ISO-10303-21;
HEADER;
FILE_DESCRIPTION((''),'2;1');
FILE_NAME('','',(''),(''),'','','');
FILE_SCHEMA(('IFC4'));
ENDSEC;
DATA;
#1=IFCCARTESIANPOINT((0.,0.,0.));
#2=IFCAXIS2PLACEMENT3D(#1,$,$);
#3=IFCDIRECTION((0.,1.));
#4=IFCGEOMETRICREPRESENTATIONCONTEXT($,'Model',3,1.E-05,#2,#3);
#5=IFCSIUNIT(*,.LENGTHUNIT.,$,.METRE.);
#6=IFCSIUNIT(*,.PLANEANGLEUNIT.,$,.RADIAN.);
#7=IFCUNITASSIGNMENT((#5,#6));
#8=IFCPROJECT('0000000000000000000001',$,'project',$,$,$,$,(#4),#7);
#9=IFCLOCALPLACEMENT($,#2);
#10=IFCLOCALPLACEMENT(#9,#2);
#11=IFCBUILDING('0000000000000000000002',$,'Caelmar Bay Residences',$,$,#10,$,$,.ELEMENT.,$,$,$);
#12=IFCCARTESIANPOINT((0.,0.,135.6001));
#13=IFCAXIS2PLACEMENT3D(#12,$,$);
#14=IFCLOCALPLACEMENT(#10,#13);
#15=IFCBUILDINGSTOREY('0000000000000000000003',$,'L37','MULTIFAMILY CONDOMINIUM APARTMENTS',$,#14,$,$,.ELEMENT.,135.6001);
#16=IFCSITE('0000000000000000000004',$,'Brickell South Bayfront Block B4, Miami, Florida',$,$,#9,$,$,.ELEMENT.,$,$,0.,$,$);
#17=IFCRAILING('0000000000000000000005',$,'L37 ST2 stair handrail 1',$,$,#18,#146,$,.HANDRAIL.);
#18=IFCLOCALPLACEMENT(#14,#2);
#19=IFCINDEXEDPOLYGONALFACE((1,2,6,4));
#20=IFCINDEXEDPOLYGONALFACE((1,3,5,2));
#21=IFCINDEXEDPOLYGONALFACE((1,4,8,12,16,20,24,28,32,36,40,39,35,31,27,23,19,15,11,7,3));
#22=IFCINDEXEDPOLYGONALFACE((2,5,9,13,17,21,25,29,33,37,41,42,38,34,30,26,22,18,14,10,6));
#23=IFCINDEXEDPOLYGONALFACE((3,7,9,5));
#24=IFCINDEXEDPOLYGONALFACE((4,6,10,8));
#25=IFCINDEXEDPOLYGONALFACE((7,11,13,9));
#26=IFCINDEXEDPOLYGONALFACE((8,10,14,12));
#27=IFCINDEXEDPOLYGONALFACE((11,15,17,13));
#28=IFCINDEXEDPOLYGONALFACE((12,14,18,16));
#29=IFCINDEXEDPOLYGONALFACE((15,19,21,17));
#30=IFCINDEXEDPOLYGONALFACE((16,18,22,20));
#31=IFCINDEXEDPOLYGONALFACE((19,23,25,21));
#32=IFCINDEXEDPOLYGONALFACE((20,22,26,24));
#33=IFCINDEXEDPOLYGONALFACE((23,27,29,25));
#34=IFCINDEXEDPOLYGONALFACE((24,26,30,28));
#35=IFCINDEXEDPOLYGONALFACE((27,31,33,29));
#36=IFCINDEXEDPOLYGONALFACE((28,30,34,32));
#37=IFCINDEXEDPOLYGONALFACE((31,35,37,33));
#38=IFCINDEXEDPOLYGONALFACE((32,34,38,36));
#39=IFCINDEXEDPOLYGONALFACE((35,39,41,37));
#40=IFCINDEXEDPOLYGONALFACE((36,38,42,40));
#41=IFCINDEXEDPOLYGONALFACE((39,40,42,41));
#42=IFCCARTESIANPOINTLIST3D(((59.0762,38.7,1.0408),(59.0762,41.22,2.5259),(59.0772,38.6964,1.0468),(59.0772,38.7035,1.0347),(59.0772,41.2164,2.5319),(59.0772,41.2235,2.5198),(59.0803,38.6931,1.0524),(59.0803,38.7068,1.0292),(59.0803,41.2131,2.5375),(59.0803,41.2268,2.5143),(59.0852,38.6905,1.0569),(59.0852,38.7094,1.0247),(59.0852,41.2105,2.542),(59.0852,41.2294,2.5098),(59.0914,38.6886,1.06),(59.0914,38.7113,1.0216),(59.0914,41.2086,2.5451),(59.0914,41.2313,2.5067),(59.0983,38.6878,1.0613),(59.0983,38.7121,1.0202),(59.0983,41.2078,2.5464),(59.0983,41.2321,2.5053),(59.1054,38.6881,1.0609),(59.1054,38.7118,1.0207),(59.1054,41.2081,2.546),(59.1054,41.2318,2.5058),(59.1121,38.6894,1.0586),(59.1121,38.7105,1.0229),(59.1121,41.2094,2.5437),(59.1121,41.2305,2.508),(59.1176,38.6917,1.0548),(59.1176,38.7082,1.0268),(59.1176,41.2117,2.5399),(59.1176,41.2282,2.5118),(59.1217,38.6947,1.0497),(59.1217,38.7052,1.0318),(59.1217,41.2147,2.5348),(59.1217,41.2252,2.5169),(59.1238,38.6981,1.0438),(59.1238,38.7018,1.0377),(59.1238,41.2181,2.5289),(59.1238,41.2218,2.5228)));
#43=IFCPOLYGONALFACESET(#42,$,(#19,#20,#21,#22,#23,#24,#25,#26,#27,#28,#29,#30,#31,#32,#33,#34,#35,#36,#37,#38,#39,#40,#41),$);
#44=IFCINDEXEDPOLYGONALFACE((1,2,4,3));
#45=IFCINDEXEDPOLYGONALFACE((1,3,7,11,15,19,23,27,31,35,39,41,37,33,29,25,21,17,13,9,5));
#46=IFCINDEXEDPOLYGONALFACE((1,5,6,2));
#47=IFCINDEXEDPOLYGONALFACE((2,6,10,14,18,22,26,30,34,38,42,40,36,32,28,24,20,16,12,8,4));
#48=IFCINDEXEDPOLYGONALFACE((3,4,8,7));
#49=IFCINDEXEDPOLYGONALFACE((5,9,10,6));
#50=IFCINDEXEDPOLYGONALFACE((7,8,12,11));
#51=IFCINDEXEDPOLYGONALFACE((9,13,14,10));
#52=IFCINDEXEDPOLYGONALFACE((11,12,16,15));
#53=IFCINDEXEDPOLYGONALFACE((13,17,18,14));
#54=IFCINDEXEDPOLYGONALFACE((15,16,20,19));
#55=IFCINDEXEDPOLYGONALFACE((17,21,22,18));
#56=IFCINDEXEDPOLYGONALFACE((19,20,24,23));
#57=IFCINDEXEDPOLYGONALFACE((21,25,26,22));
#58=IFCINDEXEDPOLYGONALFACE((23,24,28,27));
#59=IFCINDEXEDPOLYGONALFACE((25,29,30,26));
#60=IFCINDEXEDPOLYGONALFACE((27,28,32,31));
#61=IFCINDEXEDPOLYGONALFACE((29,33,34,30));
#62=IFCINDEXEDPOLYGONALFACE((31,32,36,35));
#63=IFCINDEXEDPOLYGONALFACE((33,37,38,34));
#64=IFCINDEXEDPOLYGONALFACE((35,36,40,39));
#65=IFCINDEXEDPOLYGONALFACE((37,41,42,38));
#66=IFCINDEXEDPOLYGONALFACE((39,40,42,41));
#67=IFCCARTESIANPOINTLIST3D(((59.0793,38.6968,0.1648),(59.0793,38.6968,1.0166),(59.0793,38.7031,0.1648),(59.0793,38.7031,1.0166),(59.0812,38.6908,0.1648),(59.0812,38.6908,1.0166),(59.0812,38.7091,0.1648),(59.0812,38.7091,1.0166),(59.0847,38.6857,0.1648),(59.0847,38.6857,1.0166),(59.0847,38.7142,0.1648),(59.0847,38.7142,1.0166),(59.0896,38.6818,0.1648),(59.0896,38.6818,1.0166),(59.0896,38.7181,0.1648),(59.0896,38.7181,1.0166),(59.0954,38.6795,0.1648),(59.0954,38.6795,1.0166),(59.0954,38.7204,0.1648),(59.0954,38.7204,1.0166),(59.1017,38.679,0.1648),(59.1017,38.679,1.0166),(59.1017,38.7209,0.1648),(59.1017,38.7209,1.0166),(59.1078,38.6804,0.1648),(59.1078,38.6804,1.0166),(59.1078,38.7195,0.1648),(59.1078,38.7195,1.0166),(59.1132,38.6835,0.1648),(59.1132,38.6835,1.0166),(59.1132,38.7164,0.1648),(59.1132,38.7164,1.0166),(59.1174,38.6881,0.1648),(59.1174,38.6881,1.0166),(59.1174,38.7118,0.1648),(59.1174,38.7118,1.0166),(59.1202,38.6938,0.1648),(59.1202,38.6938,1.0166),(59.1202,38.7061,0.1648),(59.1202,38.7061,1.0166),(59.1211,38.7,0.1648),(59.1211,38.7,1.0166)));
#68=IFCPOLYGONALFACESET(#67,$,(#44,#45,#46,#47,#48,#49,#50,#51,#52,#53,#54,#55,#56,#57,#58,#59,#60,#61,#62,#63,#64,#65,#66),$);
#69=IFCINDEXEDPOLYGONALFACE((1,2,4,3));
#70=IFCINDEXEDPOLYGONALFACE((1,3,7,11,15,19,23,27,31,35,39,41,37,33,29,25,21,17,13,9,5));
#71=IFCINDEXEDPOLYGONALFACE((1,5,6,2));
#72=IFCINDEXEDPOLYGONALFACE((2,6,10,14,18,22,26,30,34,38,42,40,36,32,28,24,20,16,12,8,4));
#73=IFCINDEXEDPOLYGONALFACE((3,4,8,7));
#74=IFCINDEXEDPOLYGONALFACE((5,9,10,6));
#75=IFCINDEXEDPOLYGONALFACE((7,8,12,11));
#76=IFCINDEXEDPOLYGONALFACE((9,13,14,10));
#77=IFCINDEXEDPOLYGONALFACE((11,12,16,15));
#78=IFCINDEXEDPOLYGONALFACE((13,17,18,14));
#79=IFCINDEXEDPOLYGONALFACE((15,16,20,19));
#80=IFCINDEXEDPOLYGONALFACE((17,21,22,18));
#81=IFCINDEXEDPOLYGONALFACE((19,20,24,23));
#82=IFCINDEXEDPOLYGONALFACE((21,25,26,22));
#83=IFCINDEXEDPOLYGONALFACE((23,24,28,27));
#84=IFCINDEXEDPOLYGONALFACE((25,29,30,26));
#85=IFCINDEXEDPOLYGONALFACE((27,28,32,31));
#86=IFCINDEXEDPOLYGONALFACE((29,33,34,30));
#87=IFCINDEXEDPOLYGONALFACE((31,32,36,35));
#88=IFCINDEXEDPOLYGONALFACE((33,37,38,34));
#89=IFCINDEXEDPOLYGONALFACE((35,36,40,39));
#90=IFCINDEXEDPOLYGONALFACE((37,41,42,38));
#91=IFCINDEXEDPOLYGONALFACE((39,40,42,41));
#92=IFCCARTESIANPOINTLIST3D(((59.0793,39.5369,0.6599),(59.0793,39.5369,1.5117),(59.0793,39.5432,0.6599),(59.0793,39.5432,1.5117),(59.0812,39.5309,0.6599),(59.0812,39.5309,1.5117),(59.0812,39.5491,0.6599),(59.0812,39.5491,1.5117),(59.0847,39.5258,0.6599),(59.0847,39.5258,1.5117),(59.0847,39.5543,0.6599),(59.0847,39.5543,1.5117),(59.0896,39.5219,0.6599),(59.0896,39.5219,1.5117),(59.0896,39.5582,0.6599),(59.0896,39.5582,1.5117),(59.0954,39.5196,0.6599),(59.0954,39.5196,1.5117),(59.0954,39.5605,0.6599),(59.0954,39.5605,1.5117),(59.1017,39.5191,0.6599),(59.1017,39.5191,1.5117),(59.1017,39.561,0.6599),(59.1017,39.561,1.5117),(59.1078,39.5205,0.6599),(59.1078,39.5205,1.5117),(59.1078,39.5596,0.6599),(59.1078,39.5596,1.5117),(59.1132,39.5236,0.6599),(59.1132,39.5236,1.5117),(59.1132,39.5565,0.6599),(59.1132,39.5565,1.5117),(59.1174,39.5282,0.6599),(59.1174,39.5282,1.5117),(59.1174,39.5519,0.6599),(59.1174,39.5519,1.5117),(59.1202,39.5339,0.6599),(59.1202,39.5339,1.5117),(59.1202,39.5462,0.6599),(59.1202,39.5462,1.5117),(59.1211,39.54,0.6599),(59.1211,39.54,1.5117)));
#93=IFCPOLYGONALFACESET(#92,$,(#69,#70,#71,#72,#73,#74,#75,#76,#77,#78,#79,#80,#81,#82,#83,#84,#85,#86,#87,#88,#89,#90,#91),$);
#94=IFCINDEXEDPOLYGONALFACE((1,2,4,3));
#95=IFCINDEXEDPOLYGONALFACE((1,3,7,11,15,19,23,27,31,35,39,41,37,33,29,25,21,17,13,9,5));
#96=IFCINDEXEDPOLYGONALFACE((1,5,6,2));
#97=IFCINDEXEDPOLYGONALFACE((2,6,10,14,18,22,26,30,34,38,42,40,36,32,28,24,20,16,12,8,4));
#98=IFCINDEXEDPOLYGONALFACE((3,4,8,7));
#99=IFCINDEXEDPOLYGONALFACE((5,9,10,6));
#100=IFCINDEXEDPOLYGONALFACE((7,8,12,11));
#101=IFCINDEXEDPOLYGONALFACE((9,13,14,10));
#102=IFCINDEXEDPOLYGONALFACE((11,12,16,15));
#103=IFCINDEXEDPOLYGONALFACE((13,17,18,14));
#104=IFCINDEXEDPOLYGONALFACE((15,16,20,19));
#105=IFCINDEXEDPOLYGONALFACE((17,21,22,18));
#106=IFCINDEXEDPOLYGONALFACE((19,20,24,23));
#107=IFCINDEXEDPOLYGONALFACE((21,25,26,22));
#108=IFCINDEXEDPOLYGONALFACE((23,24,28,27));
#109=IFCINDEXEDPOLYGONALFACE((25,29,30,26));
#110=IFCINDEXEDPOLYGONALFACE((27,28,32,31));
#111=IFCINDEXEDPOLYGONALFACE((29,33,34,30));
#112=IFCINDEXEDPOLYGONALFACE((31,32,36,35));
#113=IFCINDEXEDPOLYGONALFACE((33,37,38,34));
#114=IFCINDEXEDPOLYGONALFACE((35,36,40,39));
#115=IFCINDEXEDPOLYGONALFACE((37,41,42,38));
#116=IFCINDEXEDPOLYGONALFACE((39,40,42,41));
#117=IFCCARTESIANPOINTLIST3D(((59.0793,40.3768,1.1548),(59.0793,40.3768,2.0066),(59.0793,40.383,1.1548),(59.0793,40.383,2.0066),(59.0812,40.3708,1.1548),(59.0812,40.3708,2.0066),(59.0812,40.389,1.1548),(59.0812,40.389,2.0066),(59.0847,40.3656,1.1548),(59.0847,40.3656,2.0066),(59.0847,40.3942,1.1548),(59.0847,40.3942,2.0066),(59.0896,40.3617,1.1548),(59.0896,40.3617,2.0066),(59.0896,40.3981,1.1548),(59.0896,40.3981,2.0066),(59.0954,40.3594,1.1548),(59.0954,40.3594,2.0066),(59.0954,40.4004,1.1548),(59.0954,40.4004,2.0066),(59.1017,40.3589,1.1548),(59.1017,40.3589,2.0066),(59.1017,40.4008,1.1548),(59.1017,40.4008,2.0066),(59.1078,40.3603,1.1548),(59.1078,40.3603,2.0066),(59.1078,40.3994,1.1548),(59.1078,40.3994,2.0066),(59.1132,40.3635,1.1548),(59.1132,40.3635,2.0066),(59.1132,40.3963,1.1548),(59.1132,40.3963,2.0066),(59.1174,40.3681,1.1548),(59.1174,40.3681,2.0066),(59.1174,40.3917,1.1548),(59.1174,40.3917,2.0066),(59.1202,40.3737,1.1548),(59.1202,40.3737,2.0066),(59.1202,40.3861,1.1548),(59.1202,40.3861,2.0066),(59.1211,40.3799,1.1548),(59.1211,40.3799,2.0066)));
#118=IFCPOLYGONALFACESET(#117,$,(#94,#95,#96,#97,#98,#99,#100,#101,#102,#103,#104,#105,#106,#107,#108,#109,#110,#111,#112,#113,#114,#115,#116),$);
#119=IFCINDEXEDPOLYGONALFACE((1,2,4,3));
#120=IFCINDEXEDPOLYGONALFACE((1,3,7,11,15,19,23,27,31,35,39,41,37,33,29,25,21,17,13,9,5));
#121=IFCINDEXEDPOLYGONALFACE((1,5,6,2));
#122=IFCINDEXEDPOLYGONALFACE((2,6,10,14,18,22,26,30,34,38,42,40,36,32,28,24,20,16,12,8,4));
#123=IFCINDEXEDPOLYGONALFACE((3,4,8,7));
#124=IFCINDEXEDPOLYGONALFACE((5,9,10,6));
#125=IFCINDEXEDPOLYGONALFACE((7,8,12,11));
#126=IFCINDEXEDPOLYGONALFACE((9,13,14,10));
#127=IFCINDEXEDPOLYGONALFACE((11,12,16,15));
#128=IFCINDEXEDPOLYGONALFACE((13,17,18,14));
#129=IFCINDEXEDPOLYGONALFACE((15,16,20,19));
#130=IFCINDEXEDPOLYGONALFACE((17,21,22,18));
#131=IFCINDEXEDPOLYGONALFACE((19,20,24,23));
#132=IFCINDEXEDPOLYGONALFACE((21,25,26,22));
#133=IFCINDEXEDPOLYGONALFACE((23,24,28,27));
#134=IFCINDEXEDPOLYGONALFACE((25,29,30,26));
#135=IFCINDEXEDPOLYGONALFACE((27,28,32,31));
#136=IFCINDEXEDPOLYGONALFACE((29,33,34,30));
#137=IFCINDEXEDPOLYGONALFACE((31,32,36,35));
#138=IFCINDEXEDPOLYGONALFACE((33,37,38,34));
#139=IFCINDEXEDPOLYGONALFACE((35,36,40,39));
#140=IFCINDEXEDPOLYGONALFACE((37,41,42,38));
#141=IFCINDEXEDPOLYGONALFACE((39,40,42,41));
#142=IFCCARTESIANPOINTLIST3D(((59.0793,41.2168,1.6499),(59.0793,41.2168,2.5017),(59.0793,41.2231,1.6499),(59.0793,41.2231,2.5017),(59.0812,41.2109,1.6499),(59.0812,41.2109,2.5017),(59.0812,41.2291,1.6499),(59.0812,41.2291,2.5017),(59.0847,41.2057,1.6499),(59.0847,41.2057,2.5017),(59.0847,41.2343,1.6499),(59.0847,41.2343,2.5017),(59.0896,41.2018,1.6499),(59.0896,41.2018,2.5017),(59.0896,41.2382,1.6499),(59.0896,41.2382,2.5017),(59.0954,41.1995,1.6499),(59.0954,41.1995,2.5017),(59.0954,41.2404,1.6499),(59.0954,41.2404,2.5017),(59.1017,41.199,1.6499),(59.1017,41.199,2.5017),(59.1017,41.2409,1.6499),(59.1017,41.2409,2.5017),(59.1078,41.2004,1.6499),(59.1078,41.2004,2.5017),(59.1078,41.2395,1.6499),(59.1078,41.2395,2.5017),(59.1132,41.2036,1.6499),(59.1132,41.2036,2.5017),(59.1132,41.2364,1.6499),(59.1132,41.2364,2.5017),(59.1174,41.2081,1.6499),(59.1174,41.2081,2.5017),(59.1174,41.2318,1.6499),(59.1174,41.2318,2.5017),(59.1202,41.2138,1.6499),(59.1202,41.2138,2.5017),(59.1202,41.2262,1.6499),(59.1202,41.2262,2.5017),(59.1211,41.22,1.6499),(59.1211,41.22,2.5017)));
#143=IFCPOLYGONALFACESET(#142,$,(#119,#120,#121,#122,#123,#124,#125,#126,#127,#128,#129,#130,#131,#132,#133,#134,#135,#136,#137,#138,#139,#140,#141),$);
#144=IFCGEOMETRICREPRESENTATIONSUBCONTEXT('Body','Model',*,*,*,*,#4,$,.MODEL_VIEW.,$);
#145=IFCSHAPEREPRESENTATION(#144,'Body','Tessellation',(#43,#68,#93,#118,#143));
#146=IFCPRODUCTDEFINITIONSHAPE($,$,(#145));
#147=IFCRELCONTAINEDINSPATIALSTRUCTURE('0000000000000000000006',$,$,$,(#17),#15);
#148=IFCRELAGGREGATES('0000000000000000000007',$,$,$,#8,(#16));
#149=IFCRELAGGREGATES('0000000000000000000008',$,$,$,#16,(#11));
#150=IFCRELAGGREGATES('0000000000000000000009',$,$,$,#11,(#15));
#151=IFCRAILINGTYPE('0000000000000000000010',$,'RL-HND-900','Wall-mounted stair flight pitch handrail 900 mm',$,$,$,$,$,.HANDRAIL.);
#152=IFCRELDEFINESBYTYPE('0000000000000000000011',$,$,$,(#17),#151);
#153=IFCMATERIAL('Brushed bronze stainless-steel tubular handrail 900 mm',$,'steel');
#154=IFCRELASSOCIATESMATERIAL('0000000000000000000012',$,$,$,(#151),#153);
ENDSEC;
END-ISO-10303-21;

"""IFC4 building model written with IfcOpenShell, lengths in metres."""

from ifc_helpers import new_model, si_unit, direction, frame, origin, origin_2d, place, context, subcontext, project, spatial, circle, extrude, material, type_object, element, save


model = new_model("IFC4")

# Units and contexts
model_context = context("Model", 3, precision=1e-05, world=origin(), true_north=direction((0.0, 1.0)))
body_context = subcontext(model_context, "Body", "Model", "MODEL_VIEW")
ifc_project = project(units=[si_unit("LENGTHUNIT", "METRE"), si_unit("PLANEANGLEUNIT", "RADIAN")], contexts=[model_context])

# Site, building, storey
site_placement = place(None, origin())
site = spatial("IfcSite", under=ifc_project, at=site_placement, Name="Brickell South Bayfront Block B4, Miami, Florida", CompositionType="ELEMENT", RefElevation=0.0)
building_placement = place(site_placement, origin())
building = spatial("IfcBuilding", under=site, at=building_placement, Name="Caelmar Bay Residences", CompositionType="ELEMENT")
storey_placement = place(building_placement, frame((0.0, 0.0, 135.6001)))
storey = spatial("IfcBuildingStorey", under=building, at=storey_placement, Name="L37", Description="MULTIFAMILY CONDOMINIUM APARTMENTS", CompositionType="ELEMENT", Elevation=135.6001)

# Railing
ifc_material_1 = material(Name="Brushed bronze stainless-steel tubular handrail 900 mm", Category="steel")
railing_type_1 = type_object("IfcRailingType", Name="RL-HND-900", Description="Wall-mounted stair flight pitch handrail 900 mm", PredefinedType="HANDRAIL", material=ifc_material_1)
railing_1_placement = place(storey_placement, frame((59.1001, 38.7, 0.1648)))
element("IfcRailing", 1, at=railing_1_placement, inside=storey, type_object=railing_type_1, Name="L37 ST2 stair handrail 1", PredefinedType="HANDRAIL", context=body_context, shape_type="SweptSolid", body=[
    extrude(circle(Radius=0.0239, at=origin_2d()), frame((0.0, 0.0, 0.876), z_axis=(0.0, 0.861524, 0.507717), x_axis=(-1.0, 0.0, 0.0)), (0.0, 0.0, 1.0), 2.925),
    extrude(circle(Radius=0.021, at=origin_2d()), origin(), (0.0, 0.0, 1.0), 0.8518),
    extrude(circle(Radius=0.021, at=origin_2d()), frame((0.0, 0.8401, 0.4951)), (0.0, 0.0, 1.0), 0.8518),
    extrude(circle(Radius=0.021, at=origin_2d()), frame((0.0, 1.6799, 0.99)), (0.0, 0.0, 1.0), 0.8518),
    extrude(circle(Radius=0.021, at=origin_2d()), frame((0.0, 2.52, 1.4851)), (0.0, 0.0, 1.0), 0.8518),
])

save(model, "model.ifc")
